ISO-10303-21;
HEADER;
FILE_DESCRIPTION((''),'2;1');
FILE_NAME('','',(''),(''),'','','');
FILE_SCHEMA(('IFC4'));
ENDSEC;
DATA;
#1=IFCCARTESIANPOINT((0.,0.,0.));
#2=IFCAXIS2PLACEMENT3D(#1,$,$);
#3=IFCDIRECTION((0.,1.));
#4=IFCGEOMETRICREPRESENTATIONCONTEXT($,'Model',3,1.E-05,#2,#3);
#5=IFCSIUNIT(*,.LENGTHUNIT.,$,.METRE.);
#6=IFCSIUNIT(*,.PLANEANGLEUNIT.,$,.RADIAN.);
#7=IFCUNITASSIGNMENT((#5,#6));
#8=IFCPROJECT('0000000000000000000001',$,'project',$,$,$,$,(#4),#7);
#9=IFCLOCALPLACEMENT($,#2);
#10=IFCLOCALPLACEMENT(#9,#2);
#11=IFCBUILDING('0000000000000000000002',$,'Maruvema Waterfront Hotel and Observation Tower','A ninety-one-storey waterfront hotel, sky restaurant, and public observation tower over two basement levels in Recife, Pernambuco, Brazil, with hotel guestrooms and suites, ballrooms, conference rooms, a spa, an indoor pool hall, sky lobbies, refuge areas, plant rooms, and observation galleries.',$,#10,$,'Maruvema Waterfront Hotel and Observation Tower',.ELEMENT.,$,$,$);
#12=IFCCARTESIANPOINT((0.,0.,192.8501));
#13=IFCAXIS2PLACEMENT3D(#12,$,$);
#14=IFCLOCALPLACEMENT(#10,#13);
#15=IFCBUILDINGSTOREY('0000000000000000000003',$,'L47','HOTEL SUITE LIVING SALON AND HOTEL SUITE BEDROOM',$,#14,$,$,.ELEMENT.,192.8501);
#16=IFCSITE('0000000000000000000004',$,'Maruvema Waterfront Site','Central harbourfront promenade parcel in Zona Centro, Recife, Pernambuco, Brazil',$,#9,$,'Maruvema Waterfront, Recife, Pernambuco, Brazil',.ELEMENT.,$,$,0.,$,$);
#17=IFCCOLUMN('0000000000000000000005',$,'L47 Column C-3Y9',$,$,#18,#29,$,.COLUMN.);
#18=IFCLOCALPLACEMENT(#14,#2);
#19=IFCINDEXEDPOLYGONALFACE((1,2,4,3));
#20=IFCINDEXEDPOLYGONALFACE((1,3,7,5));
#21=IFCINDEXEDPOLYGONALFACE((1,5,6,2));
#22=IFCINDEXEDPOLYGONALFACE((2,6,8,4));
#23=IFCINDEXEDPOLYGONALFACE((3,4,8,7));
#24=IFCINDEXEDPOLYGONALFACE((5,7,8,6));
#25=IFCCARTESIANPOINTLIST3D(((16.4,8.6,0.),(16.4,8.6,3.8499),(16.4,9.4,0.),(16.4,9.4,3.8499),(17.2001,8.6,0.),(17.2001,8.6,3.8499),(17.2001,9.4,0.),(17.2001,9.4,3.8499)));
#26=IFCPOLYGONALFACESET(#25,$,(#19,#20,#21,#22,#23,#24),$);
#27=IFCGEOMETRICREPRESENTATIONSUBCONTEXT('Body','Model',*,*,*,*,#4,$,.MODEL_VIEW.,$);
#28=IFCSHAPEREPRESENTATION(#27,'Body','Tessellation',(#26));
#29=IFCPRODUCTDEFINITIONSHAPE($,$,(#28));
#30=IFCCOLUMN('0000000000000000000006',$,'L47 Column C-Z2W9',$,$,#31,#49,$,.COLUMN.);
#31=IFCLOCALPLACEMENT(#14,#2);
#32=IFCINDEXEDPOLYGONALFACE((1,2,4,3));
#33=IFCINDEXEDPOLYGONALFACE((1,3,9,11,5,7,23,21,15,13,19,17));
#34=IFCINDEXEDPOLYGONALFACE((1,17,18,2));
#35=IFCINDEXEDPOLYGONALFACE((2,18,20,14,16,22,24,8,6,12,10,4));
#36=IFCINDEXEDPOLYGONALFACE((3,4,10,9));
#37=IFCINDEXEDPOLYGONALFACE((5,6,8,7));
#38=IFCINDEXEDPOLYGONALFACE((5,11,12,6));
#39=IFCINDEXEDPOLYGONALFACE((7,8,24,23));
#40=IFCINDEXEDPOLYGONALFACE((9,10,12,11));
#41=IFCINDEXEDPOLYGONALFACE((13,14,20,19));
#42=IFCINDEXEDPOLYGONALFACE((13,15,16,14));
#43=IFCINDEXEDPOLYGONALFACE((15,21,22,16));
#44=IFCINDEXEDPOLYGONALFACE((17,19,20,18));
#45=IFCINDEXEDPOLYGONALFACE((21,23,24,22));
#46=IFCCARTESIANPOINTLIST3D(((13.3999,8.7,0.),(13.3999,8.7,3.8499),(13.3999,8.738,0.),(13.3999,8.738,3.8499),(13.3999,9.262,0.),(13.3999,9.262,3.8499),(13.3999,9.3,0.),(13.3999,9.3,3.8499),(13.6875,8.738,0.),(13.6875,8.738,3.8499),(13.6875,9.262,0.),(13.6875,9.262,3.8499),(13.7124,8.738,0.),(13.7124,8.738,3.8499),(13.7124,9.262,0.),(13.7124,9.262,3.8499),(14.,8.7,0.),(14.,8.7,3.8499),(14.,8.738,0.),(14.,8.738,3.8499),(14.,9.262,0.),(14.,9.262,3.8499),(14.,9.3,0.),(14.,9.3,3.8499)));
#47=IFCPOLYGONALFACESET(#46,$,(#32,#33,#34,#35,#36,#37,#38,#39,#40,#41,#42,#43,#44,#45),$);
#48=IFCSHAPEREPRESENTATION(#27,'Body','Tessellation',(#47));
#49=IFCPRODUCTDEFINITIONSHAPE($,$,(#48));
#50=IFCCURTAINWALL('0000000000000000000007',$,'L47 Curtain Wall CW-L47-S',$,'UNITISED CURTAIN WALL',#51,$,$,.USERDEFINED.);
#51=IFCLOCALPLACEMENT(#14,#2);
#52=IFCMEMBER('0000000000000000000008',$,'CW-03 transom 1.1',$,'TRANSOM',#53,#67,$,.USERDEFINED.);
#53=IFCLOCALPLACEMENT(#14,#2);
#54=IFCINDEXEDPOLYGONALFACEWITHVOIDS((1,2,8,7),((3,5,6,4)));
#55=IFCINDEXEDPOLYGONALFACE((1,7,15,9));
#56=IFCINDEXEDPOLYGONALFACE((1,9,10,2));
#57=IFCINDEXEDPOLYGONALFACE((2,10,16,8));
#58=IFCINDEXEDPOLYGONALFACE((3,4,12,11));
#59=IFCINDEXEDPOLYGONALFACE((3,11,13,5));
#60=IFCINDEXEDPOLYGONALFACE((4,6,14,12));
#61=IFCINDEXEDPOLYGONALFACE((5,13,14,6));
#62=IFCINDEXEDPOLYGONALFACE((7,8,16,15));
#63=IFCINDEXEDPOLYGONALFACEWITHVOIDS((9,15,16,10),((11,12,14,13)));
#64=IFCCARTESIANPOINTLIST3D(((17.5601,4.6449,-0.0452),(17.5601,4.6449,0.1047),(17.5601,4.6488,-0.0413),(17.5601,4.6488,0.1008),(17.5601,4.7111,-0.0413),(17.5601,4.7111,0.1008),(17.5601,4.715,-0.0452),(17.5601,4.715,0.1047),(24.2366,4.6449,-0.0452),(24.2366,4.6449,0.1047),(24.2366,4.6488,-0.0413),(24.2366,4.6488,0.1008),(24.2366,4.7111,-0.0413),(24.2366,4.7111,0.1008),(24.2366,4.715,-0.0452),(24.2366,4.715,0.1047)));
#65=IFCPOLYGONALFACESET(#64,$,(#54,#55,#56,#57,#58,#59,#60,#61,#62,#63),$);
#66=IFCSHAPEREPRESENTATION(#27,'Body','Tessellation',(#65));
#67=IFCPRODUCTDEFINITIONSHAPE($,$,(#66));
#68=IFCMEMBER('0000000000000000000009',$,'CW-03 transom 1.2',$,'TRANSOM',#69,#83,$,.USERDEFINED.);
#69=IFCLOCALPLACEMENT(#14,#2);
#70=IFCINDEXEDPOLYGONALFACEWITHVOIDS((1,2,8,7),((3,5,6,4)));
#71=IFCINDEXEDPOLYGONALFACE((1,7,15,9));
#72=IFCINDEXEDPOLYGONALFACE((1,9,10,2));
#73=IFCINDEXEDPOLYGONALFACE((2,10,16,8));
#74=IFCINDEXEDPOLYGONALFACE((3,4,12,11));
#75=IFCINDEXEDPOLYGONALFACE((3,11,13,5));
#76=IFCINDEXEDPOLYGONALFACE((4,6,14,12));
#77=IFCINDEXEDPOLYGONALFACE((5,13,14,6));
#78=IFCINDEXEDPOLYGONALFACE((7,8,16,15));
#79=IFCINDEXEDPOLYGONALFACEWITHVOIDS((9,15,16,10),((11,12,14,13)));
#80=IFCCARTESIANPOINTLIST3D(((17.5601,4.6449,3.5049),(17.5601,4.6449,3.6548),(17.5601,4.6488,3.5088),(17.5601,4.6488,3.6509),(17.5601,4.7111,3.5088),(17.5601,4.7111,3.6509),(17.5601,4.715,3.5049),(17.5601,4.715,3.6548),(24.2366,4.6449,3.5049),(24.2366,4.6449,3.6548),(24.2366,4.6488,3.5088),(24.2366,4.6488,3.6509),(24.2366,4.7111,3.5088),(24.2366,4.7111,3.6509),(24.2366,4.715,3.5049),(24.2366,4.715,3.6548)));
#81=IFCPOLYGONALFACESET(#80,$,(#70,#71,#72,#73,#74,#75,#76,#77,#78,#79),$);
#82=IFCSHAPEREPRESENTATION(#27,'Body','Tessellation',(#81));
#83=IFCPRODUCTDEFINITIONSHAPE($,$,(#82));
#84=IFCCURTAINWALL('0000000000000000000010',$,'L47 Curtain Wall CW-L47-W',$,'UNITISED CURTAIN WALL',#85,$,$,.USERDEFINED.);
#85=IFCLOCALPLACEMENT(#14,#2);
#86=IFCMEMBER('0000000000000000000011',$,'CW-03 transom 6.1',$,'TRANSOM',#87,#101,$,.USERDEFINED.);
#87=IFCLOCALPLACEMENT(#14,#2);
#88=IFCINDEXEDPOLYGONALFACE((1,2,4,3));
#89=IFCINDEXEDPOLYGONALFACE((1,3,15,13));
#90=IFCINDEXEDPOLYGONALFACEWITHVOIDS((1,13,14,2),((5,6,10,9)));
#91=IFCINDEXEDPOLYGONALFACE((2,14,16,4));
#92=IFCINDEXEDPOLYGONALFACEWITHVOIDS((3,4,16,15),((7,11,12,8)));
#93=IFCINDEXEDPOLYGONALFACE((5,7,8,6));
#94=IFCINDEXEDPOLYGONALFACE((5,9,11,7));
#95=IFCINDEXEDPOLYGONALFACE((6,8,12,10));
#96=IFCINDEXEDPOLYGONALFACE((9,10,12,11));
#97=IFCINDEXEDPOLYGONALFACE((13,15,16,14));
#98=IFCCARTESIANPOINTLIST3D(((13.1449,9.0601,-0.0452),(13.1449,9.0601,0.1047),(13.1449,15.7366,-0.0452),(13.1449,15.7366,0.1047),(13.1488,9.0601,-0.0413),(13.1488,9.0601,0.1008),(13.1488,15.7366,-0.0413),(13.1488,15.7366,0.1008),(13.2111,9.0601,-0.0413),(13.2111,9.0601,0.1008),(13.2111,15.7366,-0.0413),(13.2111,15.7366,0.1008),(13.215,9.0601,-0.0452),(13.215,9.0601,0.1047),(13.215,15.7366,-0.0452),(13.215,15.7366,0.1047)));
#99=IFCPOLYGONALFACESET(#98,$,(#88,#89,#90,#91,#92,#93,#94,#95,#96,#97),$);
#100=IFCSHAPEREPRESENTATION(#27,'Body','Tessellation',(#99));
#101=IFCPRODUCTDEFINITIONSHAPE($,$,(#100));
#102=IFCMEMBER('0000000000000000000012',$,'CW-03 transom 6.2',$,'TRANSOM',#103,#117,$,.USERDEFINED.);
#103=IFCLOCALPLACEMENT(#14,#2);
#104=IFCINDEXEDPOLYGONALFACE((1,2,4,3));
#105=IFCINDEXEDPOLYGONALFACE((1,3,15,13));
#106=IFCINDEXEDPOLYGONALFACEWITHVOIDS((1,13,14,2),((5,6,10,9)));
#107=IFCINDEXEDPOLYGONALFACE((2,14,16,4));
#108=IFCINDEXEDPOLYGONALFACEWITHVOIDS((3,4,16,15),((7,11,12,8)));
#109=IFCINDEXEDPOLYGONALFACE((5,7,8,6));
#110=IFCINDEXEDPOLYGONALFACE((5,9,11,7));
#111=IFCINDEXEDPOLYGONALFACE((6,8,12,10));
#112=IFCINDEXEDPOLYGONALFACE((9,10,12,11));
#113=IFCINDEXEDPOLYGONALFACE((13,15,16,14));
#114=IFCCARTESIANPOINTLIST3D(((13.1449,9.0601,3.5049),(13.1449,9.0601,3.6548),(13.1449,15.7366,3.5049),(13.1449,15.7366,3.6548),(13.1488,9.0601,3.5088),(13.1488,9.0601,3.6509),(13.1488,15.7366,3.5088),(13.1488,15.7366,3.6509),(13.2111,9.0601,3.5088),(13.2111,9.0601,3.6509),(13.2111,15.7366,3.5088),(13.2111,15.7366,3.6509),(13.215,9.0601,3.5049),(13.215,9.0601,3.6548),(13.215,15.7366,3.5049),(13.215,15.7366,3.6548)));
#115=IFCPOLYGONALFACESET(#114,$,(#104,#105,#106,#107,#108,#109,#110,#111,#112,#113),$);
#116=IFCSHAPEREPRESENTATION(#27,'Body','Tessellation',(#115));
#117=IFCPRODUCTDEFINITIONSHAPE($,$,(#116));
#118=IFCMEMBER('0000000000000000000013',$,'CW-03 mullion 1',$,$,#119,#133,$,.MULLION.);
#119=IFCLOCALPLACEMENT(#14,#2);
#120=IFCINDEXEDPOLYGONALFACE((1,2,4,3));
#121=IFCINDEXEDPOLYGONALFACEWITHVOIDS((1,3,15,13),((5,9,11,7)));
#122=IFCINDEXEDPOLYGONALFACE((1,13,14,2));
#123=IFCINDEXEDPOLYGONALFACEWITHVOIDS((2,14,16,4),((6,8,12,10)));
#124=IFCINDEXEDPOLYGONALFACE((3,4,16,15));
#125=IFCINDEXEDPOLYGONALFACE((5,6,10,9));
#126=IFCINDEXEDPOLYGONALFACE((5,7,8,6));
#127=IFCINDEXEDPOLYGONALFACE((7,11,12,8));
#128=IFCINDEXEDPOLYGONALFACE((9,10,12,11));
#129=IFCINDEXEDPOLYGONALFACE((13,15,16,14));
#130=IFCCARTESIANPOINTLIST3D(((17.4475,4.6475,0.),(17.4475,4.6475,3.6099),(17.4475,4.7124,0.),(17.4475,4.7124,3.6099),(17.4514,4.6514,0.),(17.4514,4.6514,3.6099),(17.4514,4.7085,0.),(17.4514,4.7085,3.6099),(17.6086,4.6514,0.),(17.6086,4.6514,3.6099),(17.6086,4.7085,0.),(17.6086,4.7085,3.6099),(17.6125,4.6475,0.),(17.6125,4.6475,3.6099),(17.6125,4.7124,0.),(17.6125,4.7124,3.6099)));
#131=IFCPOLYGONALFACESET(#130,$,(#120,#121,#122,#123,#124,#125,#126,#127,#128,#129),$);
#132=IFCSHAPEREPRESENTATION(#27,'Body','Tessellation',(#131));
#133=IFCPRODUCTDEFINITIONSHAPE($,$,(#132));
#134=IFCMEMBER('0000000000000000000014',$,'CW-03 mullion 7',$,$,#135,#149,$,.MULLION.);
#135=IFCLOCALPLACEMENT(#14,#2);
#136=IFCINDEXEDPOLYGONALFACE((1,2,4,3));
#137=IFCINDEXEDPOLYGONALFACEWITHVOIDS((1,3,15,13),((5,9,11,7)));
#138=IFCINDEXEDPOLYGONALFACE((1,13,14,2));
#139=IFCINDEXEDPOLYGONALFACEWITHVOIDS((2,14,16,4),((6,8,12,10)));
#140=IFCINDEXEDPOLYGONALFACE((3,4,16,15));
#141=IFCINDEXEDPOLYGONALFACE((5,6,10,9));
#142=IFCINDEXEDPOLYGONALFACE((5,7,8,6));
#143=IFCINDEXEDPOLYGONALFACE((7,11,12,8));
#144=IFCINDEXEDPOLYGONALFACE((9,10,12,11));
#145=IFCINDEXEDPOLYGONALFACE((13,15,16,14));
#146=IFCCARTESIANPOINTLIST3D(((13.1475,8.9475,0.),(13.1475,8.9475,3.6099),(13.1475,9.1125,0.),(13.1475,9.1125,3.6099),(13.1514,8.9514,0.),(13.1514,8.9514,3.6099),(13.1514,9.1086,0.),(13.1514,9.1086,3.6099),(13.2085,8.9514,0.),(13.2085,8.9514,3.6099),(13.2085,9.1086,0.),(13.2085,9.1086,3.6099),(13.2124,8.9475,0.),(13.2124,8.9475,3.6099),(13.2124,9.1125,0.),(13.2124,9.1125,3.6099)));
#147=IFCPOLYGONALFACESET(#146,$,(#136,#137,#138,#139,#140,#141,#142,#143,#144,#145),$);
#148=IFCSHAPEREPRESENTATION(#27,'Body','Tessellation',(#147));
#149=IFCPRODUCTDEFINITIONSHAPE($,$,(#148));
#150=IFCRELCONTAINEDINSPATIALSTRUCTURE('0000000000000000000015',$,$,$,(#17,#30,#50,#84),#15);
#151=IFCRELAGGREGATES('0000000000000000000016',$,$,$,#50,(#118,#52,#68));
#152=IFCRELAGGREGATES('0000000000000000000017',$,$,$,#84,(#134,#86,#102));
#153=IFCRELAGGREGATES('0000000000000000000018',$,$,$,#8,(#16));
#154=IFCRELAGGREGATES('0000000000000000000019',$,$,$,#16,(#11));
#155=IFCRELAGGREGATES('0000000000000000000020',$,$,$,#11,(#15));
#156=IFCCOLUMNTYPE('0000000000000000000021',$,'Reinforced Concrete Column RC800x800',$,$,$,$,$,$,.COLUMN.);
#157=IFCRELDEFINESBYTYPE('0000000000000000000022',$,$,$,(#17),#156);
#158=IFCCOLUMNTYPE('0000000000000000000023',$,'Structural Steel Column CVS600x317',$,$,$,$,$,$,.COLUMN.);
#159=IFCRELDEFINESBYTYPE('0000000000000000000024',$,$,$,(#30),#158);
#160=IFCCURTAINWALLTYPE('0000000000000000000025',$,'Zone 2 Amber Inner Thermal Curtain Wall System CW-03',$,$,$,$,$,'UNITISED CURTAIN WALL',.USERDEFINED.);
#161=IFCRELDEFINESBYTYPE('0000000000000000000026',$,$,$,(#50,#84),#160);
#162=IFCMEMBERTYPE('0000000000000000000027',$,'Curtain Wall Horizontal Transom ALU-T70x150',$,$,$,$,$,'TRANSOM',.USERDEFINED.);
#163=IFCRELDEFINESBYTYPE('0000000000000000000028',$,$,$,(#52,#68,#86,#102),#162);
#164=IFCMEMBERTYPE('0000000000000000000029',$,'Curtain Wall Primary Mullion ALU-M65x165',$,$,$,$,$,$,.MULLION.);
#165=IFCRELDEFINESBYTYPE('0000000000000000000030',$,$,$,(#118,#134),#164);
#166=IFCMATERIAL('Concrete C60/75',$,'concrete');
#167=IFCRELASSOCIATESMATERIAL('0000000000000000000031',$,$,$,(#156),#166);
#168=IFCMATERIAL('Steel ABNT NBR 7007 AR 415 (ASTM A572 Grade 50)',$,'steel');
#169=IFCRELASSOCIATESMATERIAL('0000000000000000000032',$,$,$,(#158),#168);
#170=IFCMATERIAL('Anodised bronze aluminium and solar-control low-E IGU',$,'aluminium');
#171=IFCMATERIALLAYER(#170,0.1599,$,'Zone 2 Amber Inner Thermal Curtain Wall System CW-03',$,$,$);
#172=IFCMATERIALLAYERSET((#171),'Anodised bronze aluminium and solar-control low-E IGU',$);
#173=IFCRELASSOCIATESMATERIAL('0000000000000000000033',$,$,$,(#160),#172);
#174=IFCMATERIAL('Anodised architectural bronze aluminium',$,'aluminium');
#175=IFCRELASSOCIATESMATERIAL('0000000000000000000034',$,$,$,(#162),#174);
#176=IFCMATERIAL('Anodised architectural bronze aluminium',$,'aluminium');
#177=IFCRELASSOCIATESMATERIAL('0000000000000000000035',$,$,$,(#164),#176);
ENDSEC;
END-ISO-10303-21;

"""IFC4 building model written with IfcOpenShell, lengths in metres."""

from ifc_helpers import new_model, si_unit, direction, frame, origin, origin_2d, place, context, subcontext, project, spatial, rectangle, hollow_rectangle, i_section, extrude, material, layer, layer_set, material_profile, profile_set, type_object, element, aggregate, save


model = new_model("IFC4")

# Units and contexts
model_context = context("Model", 3, precision=1e-05, world=origin(), true_north=direction((0.0, 1.0)))
body_context = subcontext(model_context, "Body", "Model", "MODEL_VIEW")
ifc_project = project(units=[si_unit("LENGTHUNIT", "METRE"), si_unit("PLANEANGLEUNIT", "RADIAN")], contexts=[model_context])

# Site, building, storey
site_placement = place(None, origin())
site = spatial("IfcSite", under=ifc_project, at=site_placement, Name="Maruvema Waterfront Site", Description="Central harbourfront promenade parcel in Zona Centro, Recife, Pernambuco, Brazil", LongName="Maruvema Waterfront, Recife, Pernambuco, Brazil", CompositionType="ELEMENT", RefElevation=0.0)
building_placement = place(site_placement, origin())
building = spatial("IfcBuilding", under=site, at=building_placement, Name="Maruvema Waterfront Hotel and Observation Tower", Description="A ninety-one-storey waterfront hotel, sky restaurant, and public observation tower over two basement levels in Recife, Pernambuco, Brazil, with hotel guestrooms and suites, ballrooms, conference rooms, a spa, an indoor pool hall, sky lobbies, refuge areas, plant rooms, and observation galleries.", LongName="Maruvema Waterfront Hotel and Observation Tower", CompositionType="ELEMENT")
storey_placement = place(building_placement, frame((0.0, 0.0, 192.8501)))
storey = spatial("IfcBuildingStorey", under=building, at=storey_placement, Name="L47", Description="HOTEL SUITE LIVING SALON AND HOTEL SUITE BEDROOM", CompositionType="ELEMENT", Elevation=192.8501)

# Columns
ifc_material_1 = material(Name="Concrete C60/75", Category="concrete")
ifc_material_profile_1 = material_profile(ifc_material_1, rectangle(XDim=0.8, YDim=0.8, at=origin_2d()), Name="RC800x800")
ifc_profile_set_1 = profile_set([ifc_material_profile_1], Name="Concrete C60/75")
column_type_1 = type_object("IfcColumnType", Name="Reinforced Concrete Column RC800x800", PredefinedType="COLUMN", material=ifc_profile_set_1)
column_1_placement = place(storey_placement, frame((16.8, 9.0, 0.0), z_axis=(0.0, 0.0, 1.0), x_axis=(1.0, 0.0, 0.0)))
element("IfcColumn", 1, at=column_1_placement, inside=storey, type_object=column_type_1, Name="L47 Column C-3Y9", PredefinedType="COLUMN", context=body_context, shape_type="SweptSolid", body=[
    extrude(rectangle(XDim=0.8, YDim=0.8, at=origin_2d()), origin(), (0.0, 0.0, 1.0), 3.8499),
])
ifc_material_2 = material(Name="Steel ABNT NBR 7007 AR 415 (ASTM A572 Grade 50)", Category="steel")
ifc_material_profile_2 = material_profile(ifc_material_2, i_section(OverallWidth=0.6001, OverallDepth=0.6001, WebThickness=0.0249, FlangeThickness=0.0381, at=origin_2d()), Name="CVS600x317")
ifc_profile_set_2 = profile_set([ifc_material_profile_2], Name="Steel ABNT NBR 7007 AR 415 (ASTM A572 Grade 50)")
column_type_2 = type_object("IfcColumnType", Name="Structural Steel Column CVS600x317", PredefinedType="COLUMN", material=ifc_profile_set_2)
column_2_placement = place(storey_placement, frame((13.7, 9.0, 0.0), z_axis=(0.0, 0.0, 1.0), x_axis=(1.0, 0.0, 0.0)))
element("IfcColumn", 2, at=column_2_placement, inside=storey, type_object=column_type_2, Name="L47 Column C-Z2W9", PredefinedType="COLUMN", context=body_context, shape_type="SweptSolid", body=[
    extrude(i_section(OverallWidth=0.6001, OverallDepth=0.6001, WebThickness=0.0249, FlangeThickness=0.0381, at=origin_2d()), origin(), (0.0, 0.0, 1.0), 3.8499),
])

# Curtain walls, members
ifc_material_3 = material(Name="Anodised bronze aluminium and solar-control low-E IGU", Category="aluminium")
ifc_layer_1 = layer(ifc_material_3, 0.1599, Name="Zone 2 Amber Inner Thermal Curtain Wall System CW-03")
ifc_layer_set_1 = layer_set([ifc_layer_1], Name="Anodised bronze aluminium and solar-control low-E IGU")
curtain_wall_type = type_object("IfcCurtainWallType", Name="Zone 2 Amber Inner Thermal Curtain Wall System CW-03", ElementType="UNITISED CURTAIN WALL", PredefinedType="USERDEFINED", material=ifc_layer_set_1)
curtain_wall_1_placement = place(storey_placement, origin())
curtain_wall_1 = element("IfcCurtainWall", 3, at=curtain_wall_1_placement, inside=storey, type_object=curtain_wall_type, Name="L47 Curtain Wall CW-L47-S", ObjectType="UNITISED CURTAIN WALL", PredefinedType="USERDEFINED")
ifc_material_4 = material(Name="Anodised architectural bronze aluminium", Category="aluminium")
ifc_material_profile_3 = material_profile(ifc_material_4, hollow_rectangle(XDim=0.0701, YDim=0.1499, WallThickness=0.0039, at=origin_2d()), Name="ALU-T70x150")
ifc_profile_set_3 = profile_set([ifc_material_profile_3], Name="Anodised architectural bronze aluminium")
member_type_1 = type_object("IfcMemberType", Name="Curtain Wall Horizontal Transom ALU-T70x150", ElementType="TRANSOM", PredefinedType="USERDEFINED", material=ifc_profile_set_3)
member_1_placement = place(storey_placement, frame((17.5601, 4.6799, 0.0298), z_axis=(1.0, 0.0, 0.0), x_axis=(0.0, 1.0, 0.0)))
member_1 = element("IfcMember", 4, at=member_1_placement, type_object=member_type_1, Name="CW-03 transom 1.1", ObjectType="TRANSOM", PredefinedType="USERDEFINED", context=body_context, shape_type="SweptSolid", body=[
    extrude(hollow_rectangle(XDim=0.0701, YDim=0.1499, WallThickness=0.0039, at=origin_2d()), origin(), (0.0, 0.0, 1.0), 6.6765),
])
member_2_placement = place(storey_placement, frame((17.5601, 4.6799, 3.5798), z_axis=(1.0, 0.0, 0.0), x_axis=(0.0, 1.0, 0.0)))
member_2 = element("IfcMember", 5, at=member_2_placement, type_object=member_type_1, Name="CW-03 transom 1.2", ObjectType="TRANSOM", PredefinedType="USERDEFINED", context=body_context, shape_type="SweptSolid", body=[
    extrude(hollow_rectangle(XDim=0.0701, YDim=0.1499, WallThickness=0.0039, at=origin_2d()), origin(), (0.0, 0.0, 1.0), 6.6765),
])
curtain_wall_2_placement = place(storey_placement, origin())
curtain_wall_2 = element("IfcCurtainWall", 6, at=curtain_wall_2_placement, inside=storey, type_object=curtain_wall_type, Name="L47 Curtain Wall CW-L47-W", ObjectType="UNITISED CURTAIN WALL", PredefinedType="USERDEFINED")
member_3_placement = place(storey_placement, frame((13.1799, 15.7366, 0.0298), z_axis=(0.0, -1.0, 0.0), x_axis=(1.0, 0.0, 0.0)))
member_3 = element("IfcMember", 7, at=member_3_placement, type_object=member_type_1, Name="CW-03 transom 6.1", ObjectType="TRANSOM", PredefinedType="USERDEFINED", context=body_context, shape_type="SweptSolid", body=[
    extrude(hollow_rectangle(XDim=0.0701, YDim=0.1499, WallThickness=0.0039, at=origin_2d()), origin(), (0.0, 0.0, 1.0), 6.6765),
])
member_4_placement = place(storey_placement, frame((13.1799, 15.7366, 3.5798), z_axis=(0.0, -1.0, 0.0), x_axis=(1.0, 0.0, 0.0)))
member_4 = element("IfcMember", 8, at=member_4_placement, type_object=member_type_1, Name="CW-03 transom 6.2", ObjectType="TRANSOM", PredefinedType="USERDEFINED", context=body_context, shape_type="SweptSolid", body=[
    extrude(hollow_rectangle(XDim=0.0701, YDim=0.1499, WallThickness=0.0039, at=origin_2d()), origin(), (0.0, 0.0, 1.0), 6.6765),
])

# Members
ifc_material_5 = material(Name="Anodised architectural bronze aluminium", Category="aluminium")
ifc_material_profile_4 = material_profile(ifc_material_5, hollow_rectangle(XDim=0.0649, YDim=0.165, WallThickness=0.0039, at=origin_2d()), Name="ALU-M65x165")
ifc_profile_set_4 = profile_set([ifc_material_profile_4], Name="Anodised architectural bronze aluminium")
member_type_2 = type_object("IfcMemberType", Name="Curtain Wall Primary Mullion ALU-M65x165", PredefinedType="MULLION", material=ifc_profile_set_4)
member_5_placement = place(storey_placement, frame((17.53, 4.6799, 0.0), z_axis=(0.0, 0.0, 1.0), x_axis=(0.0, 1.0, 0.0)))
member_5 = element("IfcMember", 9, at=member_5_placement, type_object=member_type_2, Name="CW-03 mullion 1", PredefinedType="MULLION", context=body_context, shape_type="SweptSolid", body=[
    extrude(hollow_rectangle(XDim=0.0649, YDim=0.165, WallThickness=0.0039, at=origin_2d()), origin(), (0.0, 0.0, 1.0), 3.6099),
])
member_6_placement = place(storey_placement, frame((13.1799, 9.03, 0.0), z_axis=(0.0, 0.0, 1.0), x_axis=(1.0, 0.0, 0.0)))
member_6 = element("IfcMember", 10, at=member_6_placement, type_object=member_type_2, Name="CW-03 mullion 7", PredefinedType="MULLION", context=body_context, shape_type="SweptSolid", body=[
    extrude(hollow_rectangle(XDim=0.0649, YDim=0.165, WallThickness=0.0039, at=origin_2d()), origin(), (0.0, 0.0, 1.0), 3.6099),
])

aggregate(curtain_wall_1, [member_5, member_1, member_2])
aggregate(curtain_wall_2, [member_6, member_3, member_4])

save(model, "model.ifc")
